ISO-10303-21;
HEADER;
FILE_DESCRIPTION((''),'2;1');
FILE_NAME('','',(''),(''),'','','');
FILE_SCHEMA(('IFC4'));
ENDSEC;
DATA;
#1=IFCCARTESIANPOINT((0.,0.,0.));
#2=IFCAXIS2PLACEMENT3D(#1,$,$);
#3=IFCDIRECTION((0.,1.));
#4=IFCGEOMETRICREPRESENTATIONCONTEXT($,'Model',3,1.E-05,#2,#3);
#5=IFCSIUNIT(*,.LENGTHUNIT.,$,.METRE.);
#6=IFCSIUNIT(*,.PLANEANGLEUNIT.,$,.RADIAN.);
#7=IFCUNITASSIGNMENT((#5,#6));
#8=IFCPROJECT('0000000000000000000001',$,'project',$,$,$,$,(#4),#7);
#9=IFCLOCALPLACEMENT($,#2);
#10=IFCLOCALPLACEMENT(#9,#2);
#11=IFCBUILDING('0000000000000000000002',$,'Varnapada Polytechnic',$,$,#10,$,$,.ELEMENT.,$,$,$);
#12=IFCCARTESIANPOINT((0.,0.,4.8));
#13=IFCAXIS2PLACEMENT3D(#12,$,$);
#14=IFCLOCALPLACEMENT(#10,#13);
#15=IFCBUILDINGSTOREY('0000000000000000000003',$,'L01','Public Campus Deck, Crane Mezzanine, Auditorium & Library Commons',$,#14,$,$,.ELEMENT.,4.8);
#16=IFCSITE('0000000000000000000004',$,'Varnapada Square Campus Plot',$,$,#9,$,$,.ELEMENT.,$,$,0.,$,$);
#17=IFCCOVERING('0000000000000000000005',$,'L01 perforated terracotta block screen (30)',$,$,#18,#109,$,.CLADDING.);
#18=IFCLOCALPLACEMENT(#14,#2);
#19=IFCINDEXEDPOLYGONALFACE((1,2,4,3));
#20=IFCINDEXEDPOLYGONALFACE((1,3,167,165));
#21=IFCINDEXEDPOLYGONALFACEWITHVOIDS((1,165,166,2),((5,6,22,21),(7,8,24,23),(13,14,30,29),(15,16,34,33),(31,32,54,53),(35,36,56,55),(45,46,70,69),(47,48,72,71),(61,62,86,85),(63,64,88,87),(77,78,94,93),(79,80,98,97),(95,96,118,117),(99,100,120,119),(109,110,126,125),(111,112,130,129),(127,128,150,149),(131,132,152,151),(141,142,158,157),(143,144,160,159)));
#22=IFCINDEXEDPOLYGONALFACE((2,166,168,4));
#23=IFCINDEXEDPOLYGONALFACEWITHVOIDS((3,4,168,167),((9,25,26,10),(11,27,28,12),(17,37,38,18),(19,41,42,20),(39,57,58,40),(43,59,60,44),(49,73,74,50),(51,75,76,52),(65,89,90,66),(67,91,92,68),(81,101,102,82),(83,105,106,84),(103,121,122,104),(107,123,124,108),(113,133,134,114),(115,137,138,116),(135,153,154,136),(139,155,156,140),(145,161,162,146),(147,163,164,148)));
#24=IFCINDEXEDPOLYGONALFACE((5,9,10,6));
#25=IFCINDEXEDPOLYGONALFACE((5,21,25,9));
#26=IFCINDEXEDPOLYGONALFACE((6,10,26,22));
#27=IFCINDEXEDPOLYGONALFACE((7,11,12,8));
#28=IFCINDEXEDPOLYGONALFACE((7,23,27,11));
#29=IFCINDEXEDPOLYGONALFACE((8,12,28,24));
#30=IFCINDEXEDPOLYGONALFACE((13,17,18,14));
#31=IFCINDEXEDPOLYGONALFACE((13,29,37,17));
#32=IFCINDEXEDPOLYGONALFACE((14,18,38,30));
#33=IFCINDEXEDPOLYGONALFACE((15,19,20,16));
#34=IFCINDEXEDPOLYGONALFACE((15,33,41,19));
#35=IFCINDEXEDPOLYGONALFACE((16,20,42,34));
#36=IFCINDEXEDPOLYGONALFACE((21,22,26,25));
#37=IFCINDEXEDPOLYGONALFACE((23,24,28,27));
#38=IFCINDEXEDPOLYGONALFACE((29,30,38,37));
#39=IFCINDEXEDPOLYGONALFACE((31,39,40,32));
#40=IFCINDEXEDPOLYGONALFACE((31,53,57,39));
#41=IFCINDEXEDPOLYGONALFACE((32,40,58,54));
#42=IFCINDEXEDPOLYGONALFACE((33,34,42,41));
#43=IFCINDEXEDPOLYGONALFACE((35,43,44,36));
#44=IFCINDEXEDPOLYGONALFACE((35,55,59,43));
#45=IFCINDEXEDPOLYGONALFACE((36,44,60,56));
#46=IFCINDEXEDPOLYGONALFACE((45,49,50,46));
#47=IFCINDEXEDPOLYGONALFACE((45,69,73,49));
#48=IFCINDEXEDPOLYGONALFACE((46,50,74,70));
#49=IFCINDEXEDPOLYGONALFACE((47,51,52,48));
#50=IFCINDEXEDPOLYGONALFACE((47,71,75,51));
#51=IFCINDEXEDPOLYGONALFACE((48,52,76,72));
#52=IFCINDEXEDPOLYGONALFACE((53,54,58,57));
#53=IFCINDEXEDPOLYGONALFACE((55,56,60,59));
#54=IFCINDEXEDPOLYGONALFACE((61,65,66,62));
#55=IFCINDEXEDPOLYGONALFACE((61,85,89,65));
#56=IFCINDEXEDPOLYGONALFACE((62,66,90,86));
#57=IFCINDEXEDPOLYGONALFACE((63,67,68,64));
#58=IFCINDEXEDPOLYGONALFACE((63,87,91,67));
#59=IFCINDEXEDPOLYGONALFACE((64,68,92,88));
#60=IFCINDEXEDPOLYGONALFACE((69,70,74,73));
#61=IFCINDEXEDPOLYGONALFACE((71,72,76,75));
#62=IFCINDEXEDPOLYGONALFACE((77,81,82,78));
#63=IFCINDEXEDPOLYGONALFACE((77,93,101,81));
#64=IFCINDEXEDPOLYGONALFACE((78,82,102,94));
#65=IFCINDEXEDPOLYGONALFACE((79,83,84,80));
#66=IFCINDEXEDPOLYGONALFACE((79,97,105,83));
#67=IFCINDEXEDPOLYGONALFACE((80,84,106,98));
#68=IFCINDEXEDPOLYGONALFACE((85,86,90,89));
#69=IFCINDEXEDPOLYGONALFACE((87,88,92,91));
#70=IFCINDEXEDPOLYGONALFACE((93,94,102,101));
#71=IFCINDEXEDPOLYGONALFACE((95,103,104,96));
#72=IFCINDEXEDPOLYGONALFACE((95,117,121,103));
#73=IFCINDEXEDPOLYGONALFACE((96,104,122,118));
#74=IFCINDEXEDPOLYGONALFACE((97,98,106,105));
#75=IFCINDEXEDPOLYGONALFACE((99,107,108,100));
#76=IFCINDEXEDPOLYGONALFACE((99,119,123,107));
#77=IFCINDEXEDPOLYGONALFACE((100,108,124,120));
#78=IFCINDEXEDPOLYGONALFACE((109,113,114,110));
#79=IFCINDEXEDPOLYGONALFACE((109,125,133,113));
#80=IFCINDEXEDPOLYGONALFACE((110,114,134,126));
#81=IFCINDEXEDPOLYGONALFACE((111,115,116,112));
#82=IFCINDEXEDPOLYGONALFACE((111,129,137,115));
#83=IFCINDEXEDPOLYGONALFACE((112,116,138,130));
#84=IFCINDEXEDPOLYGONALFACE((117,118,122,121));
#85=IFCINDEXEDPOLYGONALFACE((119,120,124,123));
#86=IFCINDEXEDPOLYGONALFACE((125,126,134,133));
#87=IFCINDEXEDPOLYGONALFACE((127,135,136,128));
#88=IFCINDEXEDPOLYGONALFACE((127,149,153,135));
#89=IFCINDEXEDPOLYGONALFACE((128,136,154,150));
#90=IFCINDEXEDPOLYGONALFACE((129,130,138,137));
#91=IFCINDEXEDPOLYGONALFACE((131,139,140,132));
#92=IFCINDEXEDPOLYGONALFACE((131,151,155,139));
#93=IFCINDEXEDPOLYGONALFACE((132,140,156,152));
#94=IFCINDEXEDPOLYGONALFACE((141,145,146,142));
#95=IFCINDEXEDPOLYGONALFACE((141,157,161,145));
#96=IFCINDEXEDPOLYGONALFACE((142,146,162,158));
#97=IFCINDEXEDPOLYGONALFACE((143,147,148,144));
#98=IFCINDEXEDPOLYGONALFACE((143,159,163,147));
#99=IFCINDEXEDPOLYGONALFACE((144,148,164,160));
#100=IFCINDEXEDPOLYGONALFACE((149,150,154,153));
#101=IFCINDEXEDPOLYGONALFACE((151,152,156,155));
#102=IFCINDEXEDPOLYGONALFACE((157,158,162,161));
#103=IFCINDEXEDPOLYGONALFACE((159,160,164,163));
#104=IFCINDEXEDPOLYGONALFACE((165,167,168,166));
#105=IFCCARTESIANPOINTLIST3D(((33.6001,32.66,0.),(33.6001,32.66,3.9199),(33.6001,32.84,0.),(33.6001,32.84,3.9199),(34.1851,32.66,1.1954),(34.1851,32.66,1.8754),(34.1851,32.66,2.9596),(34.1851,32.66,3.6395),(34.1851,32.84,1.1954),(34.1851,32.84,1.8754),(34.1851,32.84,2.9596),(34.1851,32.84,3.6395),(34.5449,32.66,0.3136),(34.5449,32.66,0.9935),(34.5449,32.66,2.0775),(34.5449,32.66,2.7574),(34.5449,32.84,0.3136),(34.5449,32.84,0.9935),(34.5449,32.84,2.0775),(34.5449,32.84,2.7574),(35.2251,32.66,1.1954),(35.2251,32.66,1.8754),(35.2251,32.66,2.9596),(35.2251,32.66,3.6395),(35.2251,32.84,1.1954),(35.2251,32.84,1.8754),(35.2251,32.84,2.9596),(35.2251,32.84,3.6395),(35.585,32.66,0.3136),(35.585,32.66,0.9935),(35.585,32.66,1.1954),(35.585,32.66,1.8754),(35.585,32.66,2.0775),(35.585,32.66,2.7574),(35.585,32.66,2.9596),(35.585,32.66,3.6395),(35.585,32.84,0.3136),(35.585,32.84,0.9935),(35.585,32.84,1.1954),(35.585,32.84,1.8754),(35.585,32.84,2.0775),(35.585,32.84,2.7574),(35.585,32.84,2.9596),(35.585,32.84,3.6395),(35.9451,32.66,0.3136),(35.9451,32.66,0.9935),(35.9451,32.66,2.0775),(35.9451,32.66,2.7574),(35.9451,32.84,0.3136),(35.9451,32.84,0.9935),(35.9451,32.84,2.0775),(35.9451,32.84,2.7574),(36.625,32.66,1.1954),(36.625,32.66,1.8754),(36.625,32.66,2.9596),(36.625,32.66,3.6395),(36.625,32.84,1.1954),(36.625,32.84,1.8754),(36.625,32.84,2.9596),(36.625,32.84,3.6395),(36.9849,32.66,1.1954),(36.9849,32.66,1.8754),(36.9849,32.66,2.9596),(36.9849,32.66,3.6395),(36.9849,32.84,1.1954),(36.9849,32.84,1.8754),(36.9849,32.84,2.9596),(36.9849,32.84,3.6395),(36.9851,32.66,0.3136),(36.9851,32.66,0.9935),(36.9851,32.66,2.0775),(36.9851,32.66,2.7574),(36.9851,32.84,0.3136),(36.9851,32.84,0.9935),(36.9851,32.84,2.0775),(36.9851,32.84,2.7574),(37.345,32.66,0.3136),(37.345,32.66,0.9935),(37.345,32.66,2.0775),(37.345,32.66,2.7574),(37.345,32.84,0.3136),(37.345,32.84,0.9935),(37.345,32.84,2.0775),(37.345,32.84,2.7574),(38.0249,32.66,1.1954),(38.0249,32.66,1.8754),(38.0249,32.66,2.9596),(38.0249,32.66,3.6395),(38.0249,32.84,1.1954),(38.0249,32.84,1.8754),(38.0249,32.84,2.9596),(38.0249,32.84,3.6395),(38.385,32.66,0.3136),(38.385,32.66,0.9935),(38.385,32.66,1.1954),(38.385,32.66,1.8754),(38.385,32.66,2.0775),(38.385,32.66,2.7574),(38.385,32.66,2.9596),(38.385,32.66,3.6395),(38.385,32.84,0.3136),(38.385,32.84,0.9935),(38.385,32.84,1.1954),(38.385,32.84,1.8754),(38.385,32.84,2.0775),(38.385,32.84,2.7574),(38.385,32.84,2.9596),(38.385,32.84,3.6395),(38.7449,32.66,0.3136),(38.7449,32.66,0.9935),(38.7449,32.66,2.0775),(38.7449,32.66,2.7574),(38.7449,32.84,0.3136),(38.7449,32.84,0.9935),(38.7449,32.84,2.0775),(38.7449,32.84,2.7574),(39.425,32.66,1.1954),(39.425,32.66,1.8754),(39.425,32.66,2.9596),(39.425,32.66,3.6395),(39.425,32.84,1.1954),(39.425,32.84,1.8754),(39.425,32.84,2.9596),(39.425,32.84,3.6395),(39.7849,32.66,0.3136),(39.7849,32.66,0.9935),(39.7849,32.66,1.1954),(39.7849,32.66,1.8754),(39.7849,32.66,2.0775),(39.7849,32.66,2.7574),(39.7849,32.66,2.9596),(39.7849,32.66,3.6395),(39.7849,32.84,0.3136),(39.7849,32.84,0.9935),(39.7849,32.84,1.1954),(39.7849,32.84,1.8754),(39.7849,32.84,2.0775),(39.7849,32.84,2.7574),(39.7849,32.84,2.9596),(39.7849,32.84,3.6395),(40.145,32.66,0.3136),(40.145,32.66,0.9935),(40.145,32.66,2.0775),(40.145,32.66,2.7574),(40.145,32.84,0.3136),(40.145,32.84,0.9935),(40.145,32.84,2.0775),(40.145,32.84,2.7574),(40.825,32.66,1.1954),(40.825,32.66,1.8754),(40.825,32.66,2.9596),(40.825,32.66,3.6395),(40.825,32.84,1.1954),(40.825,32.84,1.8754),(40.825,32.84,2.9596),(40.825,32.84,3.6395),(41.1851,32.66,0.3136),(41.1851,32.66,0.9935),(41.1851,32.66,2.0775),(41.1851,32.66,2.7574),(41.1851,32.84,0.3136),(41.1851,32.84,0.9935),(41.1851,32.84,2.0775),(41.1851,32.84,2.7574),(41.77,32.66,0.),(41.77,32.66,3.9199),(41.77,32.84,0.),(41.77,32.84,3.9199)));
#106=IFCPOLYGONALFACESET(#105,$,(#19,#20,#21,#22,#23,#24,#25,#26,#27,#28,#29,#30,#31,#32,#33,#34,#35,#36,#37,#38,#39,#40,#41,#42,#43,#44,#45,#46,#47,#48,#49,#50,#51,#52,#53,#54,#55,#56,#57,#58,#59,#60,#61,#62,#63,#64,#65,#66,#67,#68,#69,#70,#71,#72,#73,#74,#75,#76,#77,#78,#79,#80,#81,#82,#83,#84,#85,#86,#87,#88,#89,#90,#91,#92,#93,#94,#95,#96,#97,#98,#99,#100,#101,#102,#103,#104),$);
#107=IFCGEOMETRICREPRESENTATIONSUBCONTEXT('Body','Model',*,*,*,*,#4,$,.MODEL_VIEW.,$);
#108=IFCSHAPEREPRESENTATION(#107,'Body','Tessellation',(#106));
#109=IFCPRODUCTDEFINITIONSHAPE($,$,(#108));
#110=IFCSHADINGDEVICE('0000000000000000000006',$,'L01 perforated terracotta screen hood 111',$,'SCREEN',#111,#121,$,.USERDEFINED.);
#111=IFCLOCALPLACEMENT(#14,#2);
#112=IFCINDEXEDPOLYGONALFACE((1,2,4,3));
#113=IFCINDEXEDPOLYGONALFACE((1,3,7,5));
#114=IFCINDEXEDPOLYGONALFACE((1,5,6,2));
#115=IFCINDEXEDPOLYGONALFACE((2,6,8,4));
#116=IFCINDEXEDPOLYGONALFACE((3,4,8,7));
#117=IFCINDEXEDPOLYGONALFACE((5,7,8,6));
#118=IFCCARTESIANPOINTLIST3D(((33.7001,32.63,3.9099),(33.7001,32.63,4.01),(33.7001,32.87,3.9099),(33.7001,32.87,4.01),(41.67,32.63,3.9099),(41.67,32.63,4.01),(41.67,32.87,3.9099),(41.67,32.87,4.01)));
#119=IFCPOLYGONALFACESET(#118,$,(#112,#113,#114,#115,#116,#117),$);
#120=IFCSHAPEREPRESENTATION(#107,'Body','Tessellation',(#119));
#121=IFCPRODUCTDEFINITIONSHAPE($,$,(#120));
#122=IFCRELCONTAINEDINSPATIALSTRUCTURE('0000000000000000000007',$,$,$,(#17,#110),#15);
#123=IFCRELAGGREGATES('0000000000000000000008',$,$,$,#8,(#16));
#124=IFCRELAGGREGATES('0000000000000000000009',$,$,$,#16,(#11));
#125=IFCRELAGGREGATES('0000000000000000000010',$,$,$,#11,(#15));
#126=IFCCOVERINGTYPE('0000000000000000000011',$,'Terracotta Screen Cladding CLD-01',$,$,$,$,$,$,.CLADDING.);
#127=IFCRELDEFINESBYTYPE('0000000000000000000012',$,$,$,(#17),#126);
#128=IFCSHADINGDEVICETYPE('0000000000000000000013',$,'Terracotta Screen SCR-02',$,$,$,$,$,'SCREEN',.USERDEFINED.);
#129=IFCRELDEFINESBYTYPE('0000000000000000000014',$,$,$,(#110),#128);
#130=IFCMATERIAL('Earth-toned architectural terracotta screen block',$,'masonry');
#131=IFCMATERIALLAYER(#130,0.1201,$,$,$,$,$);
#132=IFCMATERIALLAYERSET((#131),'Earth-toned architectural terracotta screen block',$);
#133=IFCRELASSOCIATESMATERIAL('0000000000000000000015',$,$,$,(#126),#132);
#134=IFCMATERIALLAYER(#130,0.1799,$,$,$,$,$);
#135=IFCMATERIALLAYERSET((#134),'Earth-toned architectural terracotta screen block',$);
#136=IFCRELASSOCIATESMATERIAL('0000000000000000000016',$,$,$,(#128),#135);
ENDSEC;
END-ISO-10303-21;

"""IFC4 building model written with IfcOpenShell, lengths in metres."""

from ifc_helpers import new_model, si_unit, direction, frame, frame_2d, origin, origin_2d, place, context, subcontext, project, spatial, rectangle, extrude, material, layer, layer_set, type_object, element, save


model = new_model("IFC4")

# Units and contexts
model_context = context("Model", 3, precision=1e-05, world=origin(), true_north=direction((0.0, 1.0)))
body_context = subcontext(model_context, "Body", "Model", "MODEL_VIEW")
ifc_project = project(units=[si_unit("LENGTHUNIT", "METRE"), si_unit("PLANEANGLEUNIT", "RADIAN")], contexts=[model_context])

# Site, building, storey
site_placement = place(None, origin())
site = spatial("IfcSite", under=ifc_project, at=site_placement, Name="Varnapada Square Campus Plot", CompositionType="ELEMENT", RefElevation=0.0)
building_placement = place(site_placement, origin())
building = spatial("IfcBuilding", under=site, at=building_placement, Name="Varnapada Polytechnic", CompositionType="ELEMENT")
storey_placement = place(building_placement, frame((0.0, 0.0, 4.8)))
storey = spatial("IfcBuildingStorey", under=building, at=storey_placement, Name="L01", Description="Public Campus Deck, Crane Mezzanine, Auditorium & Library Commons", CompositionType="ELEMENT", Elevation=4.8)

# Covering, openings
ifc_material_1 = material(Name="Earth-toned architectural terracotta screen block", Category="masonry")
ifc_layer_1 = layer(ifc_material_1, 0.1201)
ifc_layer_set_1 = layer_set([ifc_layer_1], Name="Earth-toned architectural terracotta screen block")
covering_type = type_object("IfcCoveringType", Name="Terracotta Screen Cladding CLD-01", PredefinedType="CLADDING", material=ifc_layer_set_1)
covering_placement = place(storey_placement, frame((41.77, 32.75, 0.0), z_axis=(0.0, 0.0, 1.0), x_axis=(-1.0, 0.0, 0.0)))
covering = element("IfcCovering", 1, at=covering_placement, inside=storey, type_object=covering_type, Name="L01 perforated terracotta block screen (30)", PredefinedType="CLADDING", context=body_context, shape_type="SweptSolid", body=[
    extrude(rectangle(XDim=8.1699, YDim=0.1799, at=frame_2d((4.085, 0.0))), origin(), (0.0, 0.0, 1.0), 3.9199),
])
opening_1_placement = place(covering_placement, frame((0.585, 0.0, 0.3137)))
element("IfcOpeningElement", 2, at=opening_1_placement, cuts=covering, PredefinedType="OPENING", context=body_context, shape_type="SweptSolid", body=[
    extrude(rectangle(XDim=1.04, YDim=0.6799, at=frame_2d((0.52, 0.3398))), frame((0.0, 0.0999, 0.0), z_axis=(0.0, -1.0, 0.0), x_axis=(1.0, 0.0, 0.0)), (0.0, 0.0, 1.0), 0.2),
])
opening_2_placement = place(covering_placement, frame((1.9851, 0.0, 0.3137)))
element("IfcOpeningElement", 3, at=opening_2_placement, cuts=covering, PredefinedType="OPENING", context=body_context, shape_type="SweptSolid", body=[
    extrude(rectangle(XDim=1.04, YDim=0.6799, at=frame_2d((0.52, 0.3398))), frame((0.0, 0.0999, 0.0), z_axis=(0.0, -1.0, 0.0), x_axis=(1.0, 0.0, 0.0)), (0.0, 0.0, 1.0), 0.2),
])
opening_3_placement = place(covering_placement, frame((3.385, 0.0, 0.3137)))
element("IfcOpeningElement", 4, at=opening_3_placement, cuts=covering, PredefinedType="OPENING", context=body_context, shape_type="SweptSolid", body=[
    extrude(rectangle(XDim=1.04, YDim=0.6799, at=frame_2d((0.52, 0.3398))), frame((0.0, 0.0999, 0.0), z_axis=(0.0, -1.0, 0.0), x_axis=(1.0, 0.0, 0.0)), (0.0, 0.0, 1.0), 0.2),
])
opening_4_placement = place(covering_placement, frame((4.7849, 0.0, 0.3137)))
element("IfcOpeningElement", 5, at=opening_4_placement, cuts=covering, PredefinedType="OPENING", context=body_context, shape_type="SweptSolid", body=[
    extrude(rectangle(XDim=1.04, YDim=0.6799, at=frame_2d((0.52, 0.3398))), frame((0.0, 0.0999, 0.0), z_axis=(0.0, -1.0, 0.0), x_axis=(1.0, 0.0, 0.0)), (0.0, 0.0, 1.0), 0.2),
])
opening_5_placement = place(covering_placement, frame((6.1851, 0.0, 0.3137)))
element("IfcOpeningElement", 6, at=opening_5_placement, cuts=covering, PredefinedType="OPENING", context=body_context, shape_type="SweptSolid", body=[
    extrude(rectangle(XDim=1.04, YDim=0.6799, at=frame_2d((0.52, 0.3398))), frame((0.0, 0.0999, 0.0), z_axis=(0.0, -1.0, 0.0), x_axis=(1.0, 0.0, 0.0)), (0.0, 0.0, 1.0), 0.2),
])
opening_6_placement = place(covering_placement, frame((0.9451, 0.0, 1.1956)))
element("IfcOpeningElement", 7, at=opening_6_placement, cuts=covering, PredefinedType="OPENING", context=body_context, shape_type="SweptSolid", body=[
    extrude(rectangle(XDim=1.04, YDim=0.6799, at=frame_2d((0.52, 0.3398))), frame((0.0, 0.0999, 0.0), z_axis=(0.0, -1.0, 0.0), x_axis=(1.0, 0.0, 0.0)), (0.0, 0.0, 1.0), 0.2),
])
opening_7_placement = place(covering_placement, frame((2.345, 0.0, 1.1956)))
element("IfcOpeningElement", 8, at=opening_7_placement, cuts=covering, PredefinedType="OPENING", context=body_context, shape_type="SweptSolid", body=[
    extrude(rectangle(XDim=1.04, YDim=0.6799, at=frame_2d((0.52, 0.3398))), frame((0.0, 0.0999, 0.0), z_axis=(0.0, -1.0, 0.0), x_axis=(1.0, 0.0, 0.0)), (0.0, 0.0, 1.0), 0.2),
])
opening_8_placement = place(covering_placement, frame((3.7451, 0.0, 1.1956)))
element("IfcOpeningElement", 9, at=opening_8_placement, cuts=covering, PredefinedType="OPENING", context=body_context, shape_type="SweptSolid", body=[
    extrude(rectangle(XDim=1.04, YDim=0.6799, at=frame_2d((0.52, 0.3398))), frame((0.0, 0.0999, 0.0), z_axis=(0.0, -1.0, 0.0), x_axis=(1.0, 0.0, 0.0)), (0.0, 0.0, 1.0), 0.2),
])
opening_9_placement = place(covering_placement, frame((5.145, 0.0, 1.1956)))
element("IfcOpeningElement", 10, at=opening_9_placement, cuts=covering, PredefinedType="OPENING", context=body_context, shape_type="SweptSolid", body=[
    extrude(rectangle(XDim=1.04, YDim=0.6799, at=frame_2d((0.52, 0.3398))), frame((0.0, 0.0999, 0.0), z_axis=(0.0, -1.0, 0.0), x_axis=(1.0, 0.0, 0.0)), (0.0, 0.0, 1.0), 0.2),
])
opening_10_placement = place(covering_placement, frame((6.5449, 0.0, 1.1956)))
element("IfcOpeningElement", 11, at=opening_10_placement, cuts=covering, PredefinedType="OPENING", context=body_context, shape_type="SweptSolid", body=[
    extrude(rectangle(XDim=1.04, YDim=0.6799, at=frame_2d((0.52, 0.3398))), frame((0.0, 0.0999, 0.0), z_axis=(0.0, -1.0, 0.0), x_axis=(1.0, 0.0, 0.0)), (0.0, 0.0, 1.0), 0.2),
])
opening_11_placement = place(covering_placement, frame((0.585, 0.0, 2.0776)))
element("IfcOpeningElement", 12, at=opening_11_placement, cuts=covering, PredefinedType="OPENING", context=body_context, shape_type="SweptSolid", body=[
    extrude(rectangle(XDim=1.04, YDim=0.6799, at=frame_2d((0.52, 0.3398))), frame((0.0, 0.0999, 0.0), z_axis=(0.0, -1.0, 0.0), x_axis=(1.0, 0.0, 0.0)), (0.0, 0.0, 1.0), 0.2),
])
opening_12_placement = place(covering_placement, frame((1.9851, 0.0, 2.0776)))
element("IfcOpeningElement", 13, at=opening_12_placement, cuts=covering, PredefinedType="OPENING", context=body_context, shape_type="SweptSolid", body=[
    extrude(rectangle(XDim=1.04, YDim=0.6799, at=frame_2d((0.52, 0.3398))), frame((0.0, 0.0999, 0.0), z_axis=(0.0, -1.0, 0.0), x_axis=(1.0, 0.0, 0.0)), (0.0, 0.0, 1.0), 0.2),
])
opening_13_placement = place(covering_placement, frame((3.385, 0.0, 2.0776)))
element("IfcOpeningElement", 14, at=opening_13_placement, cuts=covering, PredefinedType="OPENING", context=body_context, shape_type="SweptSolid", body=[
    extrude(rectangle(XDim=1.04, YDim=0.6799, at=frame_2d((0.52, 0.3398))), frame((0.0, 0.0999, 0.0), z_axis=(0.0, -1.0, 0.0), x_axis=(1.0, 0.0, 0.0)), (0.0, 0.0, 1.0), 0.2),
])
opening_14_placement = place(covering_placement, frame((4.7849, 0.0, 2.0776)))
element("IfcOpeningElement", 15, at=opening_14_placement, cuts=covering, PredefinedType="OPENING", context=body_context, shape_type="SweptSolid", body=[
    extrude(rectangle(XDim=1.04, YDim=0.6799, at=frame_2d((0.52, 0.3398))), frame((0.0, 0.0999, 0.0), z_axis=(0.0, -1.0, 0.0), x_axis=(1.0, 0.0, 0.0)), (0.0, 0.0, 1.0), 0.2),
])
opening_15_placement = place(covering_placement, frame((6.1851, 0.0, 2.0776)))
element("IfcOpeningElement", 16, at=opening_15_placement, cuts=covering, PredefinedType="OPENING", context=body_context, shape_type="SweptSolid", body=[
    extrude(rectangle(XDim=1.04, YDim=0.6799, at=frame_2d((0.52, 0.3398))), frame((0.0, 0.0999, 0.0), z_axis=(0.0, -1.0, 0.0), x_axis=(1.0, 0.0, 0.0)), (0.0, 0.0, 1.0), 0.2),
])
opening_16_placement = place(covering_placement, frame((0.9451, 0.0, 2.9597)))
element("IfcOpeningElement", 17, at=opening_16_placement, cuts=covering, PredefinedType="OPENING", context=body_context, shape_type="SweptSolid", body=[
    extrude(rectangle(XDim=1.04, YDim=0.6799, at=frame_2d((0.52, 0.3398))), frame((0.0, 0.0999, 0.0), z_axis=(0.0, -1.0, 0.0), x_axis=(1.0, 0.0, 0.0)), (0.0, 0.0, 1.0), 0.2),
])
opening_17_placement = place(covering_placement, frame((2.345, 0.0, 2.9597)))
element("IfcOpeningElement", 18, at=opening_17_placement, cuts=covering, PredefinedType="OPENING", context=body_context, shape_type="SweptSolid", body=[
    extrude(rectangle(XDim=1.04, YDim=0.6799, at=frame_2d((0.52, 0.3398))), frame((0.0, 0.0999, 0.0), z_axis=(0.0, -1.0, 0.0), x_axis=(1.0, 0.0, 0.0)), (0.0, 0.0, 1.0), 0.2),
])
opening_18_placement = place(covering_placement, frame((3.7451, 0.0, 2.9597)))
element("IfcOpeningElement", 19, at=opening_18_placement, cuts=covering, PredefinedType="OPENING", context=body_context, shape_type="SweptSolid", body=[
    extrude(rectangle(XDim=1.04, YDim=0.6799, at=frame_2d((0.52, 0.3398))), frame((0.0, 0.0999, 0.0), z_axis=(0.0, -1.0, 0.0), x_axis=(1.0, 0.0, 0.0)), (0.0, 0.0, 1.0), 0.2),
])
opening_19_placement = place(covering_placement, frame((5.145, 0.0, 2.9597)))
element("IfcOpeningElement", 20, at=opening_19_placement, cuts=covering, PredefinedType="OPENING", context=body_context, shape_type="SweptSolid", body=[
    extrude(rectangle(XDim=1.04, YDim=0.6799, at=frame_2d((0.52, 0.3398))), frame((0.0, 0.0999, 0.0), z_axis=(0.0, -1.0, 0.0), x_axis=(1.0, 0.0, 0.0)), (0.0, 0.0, 1.0), 0.2),
])
opening_20_placement = place(covering_placement, frame((6.5449, 0.0, 2.9597)))
element("IfcOpeningElement", 21, at=opening_20_placement, cuts=covering, PredefinedType="OPENING", context=body_context, shape_type="SweptSolid", body=[
    extrude(rectangle(XDim=1.04, YDim=0.6799, at=frame_2d((0.52, 0.3398))), frame((0.0, 0.0999, 0.0), z_axis=(0.0, -1.0, 0.0), x_axis=(1.0, 0.0, 0.0)), (0.0, 0.0, 1.0), 0.2),
])

# Shading device
ifc_layer_2 = layer(ifc_material_1, 0.1799)
ifc_layer_set_2 = layer_set([ifc_layer_2], Name="Earth-toned architectural terracotta screen block")
shading_device_type = type_object("IfcShadingDeviceType", Name="Terracotta Screen SCR-02", ElementType="SCREEN", PredefinedType="USERDEFINED", material=ifc_layer_set_2)
shading_device_1_placement = place(storey_placement, frame((37.6851, 32.75, 3.9099), z_axis=(0.0, 0.0, 1.0), x_axis=(-1.0, 0.0, 0.0)))
element("IfcShadingDevice", 22, at=shading_device_1_placement, inside=storey, type_object=shading_device_type, Name="L01 perforated terracotta screen hood 111", ObjectType="SCREEN", PredefinedType="USERDEFINED", context=body_context, shape_type="SweptSolid", body=[
    extrude(rectangle(XDim=7.97, YDim=0.24, at=origin_2d()), origin(), (0.0, 0.0, 1.0), 0.1001),
])

save(model, "model.ifc")
